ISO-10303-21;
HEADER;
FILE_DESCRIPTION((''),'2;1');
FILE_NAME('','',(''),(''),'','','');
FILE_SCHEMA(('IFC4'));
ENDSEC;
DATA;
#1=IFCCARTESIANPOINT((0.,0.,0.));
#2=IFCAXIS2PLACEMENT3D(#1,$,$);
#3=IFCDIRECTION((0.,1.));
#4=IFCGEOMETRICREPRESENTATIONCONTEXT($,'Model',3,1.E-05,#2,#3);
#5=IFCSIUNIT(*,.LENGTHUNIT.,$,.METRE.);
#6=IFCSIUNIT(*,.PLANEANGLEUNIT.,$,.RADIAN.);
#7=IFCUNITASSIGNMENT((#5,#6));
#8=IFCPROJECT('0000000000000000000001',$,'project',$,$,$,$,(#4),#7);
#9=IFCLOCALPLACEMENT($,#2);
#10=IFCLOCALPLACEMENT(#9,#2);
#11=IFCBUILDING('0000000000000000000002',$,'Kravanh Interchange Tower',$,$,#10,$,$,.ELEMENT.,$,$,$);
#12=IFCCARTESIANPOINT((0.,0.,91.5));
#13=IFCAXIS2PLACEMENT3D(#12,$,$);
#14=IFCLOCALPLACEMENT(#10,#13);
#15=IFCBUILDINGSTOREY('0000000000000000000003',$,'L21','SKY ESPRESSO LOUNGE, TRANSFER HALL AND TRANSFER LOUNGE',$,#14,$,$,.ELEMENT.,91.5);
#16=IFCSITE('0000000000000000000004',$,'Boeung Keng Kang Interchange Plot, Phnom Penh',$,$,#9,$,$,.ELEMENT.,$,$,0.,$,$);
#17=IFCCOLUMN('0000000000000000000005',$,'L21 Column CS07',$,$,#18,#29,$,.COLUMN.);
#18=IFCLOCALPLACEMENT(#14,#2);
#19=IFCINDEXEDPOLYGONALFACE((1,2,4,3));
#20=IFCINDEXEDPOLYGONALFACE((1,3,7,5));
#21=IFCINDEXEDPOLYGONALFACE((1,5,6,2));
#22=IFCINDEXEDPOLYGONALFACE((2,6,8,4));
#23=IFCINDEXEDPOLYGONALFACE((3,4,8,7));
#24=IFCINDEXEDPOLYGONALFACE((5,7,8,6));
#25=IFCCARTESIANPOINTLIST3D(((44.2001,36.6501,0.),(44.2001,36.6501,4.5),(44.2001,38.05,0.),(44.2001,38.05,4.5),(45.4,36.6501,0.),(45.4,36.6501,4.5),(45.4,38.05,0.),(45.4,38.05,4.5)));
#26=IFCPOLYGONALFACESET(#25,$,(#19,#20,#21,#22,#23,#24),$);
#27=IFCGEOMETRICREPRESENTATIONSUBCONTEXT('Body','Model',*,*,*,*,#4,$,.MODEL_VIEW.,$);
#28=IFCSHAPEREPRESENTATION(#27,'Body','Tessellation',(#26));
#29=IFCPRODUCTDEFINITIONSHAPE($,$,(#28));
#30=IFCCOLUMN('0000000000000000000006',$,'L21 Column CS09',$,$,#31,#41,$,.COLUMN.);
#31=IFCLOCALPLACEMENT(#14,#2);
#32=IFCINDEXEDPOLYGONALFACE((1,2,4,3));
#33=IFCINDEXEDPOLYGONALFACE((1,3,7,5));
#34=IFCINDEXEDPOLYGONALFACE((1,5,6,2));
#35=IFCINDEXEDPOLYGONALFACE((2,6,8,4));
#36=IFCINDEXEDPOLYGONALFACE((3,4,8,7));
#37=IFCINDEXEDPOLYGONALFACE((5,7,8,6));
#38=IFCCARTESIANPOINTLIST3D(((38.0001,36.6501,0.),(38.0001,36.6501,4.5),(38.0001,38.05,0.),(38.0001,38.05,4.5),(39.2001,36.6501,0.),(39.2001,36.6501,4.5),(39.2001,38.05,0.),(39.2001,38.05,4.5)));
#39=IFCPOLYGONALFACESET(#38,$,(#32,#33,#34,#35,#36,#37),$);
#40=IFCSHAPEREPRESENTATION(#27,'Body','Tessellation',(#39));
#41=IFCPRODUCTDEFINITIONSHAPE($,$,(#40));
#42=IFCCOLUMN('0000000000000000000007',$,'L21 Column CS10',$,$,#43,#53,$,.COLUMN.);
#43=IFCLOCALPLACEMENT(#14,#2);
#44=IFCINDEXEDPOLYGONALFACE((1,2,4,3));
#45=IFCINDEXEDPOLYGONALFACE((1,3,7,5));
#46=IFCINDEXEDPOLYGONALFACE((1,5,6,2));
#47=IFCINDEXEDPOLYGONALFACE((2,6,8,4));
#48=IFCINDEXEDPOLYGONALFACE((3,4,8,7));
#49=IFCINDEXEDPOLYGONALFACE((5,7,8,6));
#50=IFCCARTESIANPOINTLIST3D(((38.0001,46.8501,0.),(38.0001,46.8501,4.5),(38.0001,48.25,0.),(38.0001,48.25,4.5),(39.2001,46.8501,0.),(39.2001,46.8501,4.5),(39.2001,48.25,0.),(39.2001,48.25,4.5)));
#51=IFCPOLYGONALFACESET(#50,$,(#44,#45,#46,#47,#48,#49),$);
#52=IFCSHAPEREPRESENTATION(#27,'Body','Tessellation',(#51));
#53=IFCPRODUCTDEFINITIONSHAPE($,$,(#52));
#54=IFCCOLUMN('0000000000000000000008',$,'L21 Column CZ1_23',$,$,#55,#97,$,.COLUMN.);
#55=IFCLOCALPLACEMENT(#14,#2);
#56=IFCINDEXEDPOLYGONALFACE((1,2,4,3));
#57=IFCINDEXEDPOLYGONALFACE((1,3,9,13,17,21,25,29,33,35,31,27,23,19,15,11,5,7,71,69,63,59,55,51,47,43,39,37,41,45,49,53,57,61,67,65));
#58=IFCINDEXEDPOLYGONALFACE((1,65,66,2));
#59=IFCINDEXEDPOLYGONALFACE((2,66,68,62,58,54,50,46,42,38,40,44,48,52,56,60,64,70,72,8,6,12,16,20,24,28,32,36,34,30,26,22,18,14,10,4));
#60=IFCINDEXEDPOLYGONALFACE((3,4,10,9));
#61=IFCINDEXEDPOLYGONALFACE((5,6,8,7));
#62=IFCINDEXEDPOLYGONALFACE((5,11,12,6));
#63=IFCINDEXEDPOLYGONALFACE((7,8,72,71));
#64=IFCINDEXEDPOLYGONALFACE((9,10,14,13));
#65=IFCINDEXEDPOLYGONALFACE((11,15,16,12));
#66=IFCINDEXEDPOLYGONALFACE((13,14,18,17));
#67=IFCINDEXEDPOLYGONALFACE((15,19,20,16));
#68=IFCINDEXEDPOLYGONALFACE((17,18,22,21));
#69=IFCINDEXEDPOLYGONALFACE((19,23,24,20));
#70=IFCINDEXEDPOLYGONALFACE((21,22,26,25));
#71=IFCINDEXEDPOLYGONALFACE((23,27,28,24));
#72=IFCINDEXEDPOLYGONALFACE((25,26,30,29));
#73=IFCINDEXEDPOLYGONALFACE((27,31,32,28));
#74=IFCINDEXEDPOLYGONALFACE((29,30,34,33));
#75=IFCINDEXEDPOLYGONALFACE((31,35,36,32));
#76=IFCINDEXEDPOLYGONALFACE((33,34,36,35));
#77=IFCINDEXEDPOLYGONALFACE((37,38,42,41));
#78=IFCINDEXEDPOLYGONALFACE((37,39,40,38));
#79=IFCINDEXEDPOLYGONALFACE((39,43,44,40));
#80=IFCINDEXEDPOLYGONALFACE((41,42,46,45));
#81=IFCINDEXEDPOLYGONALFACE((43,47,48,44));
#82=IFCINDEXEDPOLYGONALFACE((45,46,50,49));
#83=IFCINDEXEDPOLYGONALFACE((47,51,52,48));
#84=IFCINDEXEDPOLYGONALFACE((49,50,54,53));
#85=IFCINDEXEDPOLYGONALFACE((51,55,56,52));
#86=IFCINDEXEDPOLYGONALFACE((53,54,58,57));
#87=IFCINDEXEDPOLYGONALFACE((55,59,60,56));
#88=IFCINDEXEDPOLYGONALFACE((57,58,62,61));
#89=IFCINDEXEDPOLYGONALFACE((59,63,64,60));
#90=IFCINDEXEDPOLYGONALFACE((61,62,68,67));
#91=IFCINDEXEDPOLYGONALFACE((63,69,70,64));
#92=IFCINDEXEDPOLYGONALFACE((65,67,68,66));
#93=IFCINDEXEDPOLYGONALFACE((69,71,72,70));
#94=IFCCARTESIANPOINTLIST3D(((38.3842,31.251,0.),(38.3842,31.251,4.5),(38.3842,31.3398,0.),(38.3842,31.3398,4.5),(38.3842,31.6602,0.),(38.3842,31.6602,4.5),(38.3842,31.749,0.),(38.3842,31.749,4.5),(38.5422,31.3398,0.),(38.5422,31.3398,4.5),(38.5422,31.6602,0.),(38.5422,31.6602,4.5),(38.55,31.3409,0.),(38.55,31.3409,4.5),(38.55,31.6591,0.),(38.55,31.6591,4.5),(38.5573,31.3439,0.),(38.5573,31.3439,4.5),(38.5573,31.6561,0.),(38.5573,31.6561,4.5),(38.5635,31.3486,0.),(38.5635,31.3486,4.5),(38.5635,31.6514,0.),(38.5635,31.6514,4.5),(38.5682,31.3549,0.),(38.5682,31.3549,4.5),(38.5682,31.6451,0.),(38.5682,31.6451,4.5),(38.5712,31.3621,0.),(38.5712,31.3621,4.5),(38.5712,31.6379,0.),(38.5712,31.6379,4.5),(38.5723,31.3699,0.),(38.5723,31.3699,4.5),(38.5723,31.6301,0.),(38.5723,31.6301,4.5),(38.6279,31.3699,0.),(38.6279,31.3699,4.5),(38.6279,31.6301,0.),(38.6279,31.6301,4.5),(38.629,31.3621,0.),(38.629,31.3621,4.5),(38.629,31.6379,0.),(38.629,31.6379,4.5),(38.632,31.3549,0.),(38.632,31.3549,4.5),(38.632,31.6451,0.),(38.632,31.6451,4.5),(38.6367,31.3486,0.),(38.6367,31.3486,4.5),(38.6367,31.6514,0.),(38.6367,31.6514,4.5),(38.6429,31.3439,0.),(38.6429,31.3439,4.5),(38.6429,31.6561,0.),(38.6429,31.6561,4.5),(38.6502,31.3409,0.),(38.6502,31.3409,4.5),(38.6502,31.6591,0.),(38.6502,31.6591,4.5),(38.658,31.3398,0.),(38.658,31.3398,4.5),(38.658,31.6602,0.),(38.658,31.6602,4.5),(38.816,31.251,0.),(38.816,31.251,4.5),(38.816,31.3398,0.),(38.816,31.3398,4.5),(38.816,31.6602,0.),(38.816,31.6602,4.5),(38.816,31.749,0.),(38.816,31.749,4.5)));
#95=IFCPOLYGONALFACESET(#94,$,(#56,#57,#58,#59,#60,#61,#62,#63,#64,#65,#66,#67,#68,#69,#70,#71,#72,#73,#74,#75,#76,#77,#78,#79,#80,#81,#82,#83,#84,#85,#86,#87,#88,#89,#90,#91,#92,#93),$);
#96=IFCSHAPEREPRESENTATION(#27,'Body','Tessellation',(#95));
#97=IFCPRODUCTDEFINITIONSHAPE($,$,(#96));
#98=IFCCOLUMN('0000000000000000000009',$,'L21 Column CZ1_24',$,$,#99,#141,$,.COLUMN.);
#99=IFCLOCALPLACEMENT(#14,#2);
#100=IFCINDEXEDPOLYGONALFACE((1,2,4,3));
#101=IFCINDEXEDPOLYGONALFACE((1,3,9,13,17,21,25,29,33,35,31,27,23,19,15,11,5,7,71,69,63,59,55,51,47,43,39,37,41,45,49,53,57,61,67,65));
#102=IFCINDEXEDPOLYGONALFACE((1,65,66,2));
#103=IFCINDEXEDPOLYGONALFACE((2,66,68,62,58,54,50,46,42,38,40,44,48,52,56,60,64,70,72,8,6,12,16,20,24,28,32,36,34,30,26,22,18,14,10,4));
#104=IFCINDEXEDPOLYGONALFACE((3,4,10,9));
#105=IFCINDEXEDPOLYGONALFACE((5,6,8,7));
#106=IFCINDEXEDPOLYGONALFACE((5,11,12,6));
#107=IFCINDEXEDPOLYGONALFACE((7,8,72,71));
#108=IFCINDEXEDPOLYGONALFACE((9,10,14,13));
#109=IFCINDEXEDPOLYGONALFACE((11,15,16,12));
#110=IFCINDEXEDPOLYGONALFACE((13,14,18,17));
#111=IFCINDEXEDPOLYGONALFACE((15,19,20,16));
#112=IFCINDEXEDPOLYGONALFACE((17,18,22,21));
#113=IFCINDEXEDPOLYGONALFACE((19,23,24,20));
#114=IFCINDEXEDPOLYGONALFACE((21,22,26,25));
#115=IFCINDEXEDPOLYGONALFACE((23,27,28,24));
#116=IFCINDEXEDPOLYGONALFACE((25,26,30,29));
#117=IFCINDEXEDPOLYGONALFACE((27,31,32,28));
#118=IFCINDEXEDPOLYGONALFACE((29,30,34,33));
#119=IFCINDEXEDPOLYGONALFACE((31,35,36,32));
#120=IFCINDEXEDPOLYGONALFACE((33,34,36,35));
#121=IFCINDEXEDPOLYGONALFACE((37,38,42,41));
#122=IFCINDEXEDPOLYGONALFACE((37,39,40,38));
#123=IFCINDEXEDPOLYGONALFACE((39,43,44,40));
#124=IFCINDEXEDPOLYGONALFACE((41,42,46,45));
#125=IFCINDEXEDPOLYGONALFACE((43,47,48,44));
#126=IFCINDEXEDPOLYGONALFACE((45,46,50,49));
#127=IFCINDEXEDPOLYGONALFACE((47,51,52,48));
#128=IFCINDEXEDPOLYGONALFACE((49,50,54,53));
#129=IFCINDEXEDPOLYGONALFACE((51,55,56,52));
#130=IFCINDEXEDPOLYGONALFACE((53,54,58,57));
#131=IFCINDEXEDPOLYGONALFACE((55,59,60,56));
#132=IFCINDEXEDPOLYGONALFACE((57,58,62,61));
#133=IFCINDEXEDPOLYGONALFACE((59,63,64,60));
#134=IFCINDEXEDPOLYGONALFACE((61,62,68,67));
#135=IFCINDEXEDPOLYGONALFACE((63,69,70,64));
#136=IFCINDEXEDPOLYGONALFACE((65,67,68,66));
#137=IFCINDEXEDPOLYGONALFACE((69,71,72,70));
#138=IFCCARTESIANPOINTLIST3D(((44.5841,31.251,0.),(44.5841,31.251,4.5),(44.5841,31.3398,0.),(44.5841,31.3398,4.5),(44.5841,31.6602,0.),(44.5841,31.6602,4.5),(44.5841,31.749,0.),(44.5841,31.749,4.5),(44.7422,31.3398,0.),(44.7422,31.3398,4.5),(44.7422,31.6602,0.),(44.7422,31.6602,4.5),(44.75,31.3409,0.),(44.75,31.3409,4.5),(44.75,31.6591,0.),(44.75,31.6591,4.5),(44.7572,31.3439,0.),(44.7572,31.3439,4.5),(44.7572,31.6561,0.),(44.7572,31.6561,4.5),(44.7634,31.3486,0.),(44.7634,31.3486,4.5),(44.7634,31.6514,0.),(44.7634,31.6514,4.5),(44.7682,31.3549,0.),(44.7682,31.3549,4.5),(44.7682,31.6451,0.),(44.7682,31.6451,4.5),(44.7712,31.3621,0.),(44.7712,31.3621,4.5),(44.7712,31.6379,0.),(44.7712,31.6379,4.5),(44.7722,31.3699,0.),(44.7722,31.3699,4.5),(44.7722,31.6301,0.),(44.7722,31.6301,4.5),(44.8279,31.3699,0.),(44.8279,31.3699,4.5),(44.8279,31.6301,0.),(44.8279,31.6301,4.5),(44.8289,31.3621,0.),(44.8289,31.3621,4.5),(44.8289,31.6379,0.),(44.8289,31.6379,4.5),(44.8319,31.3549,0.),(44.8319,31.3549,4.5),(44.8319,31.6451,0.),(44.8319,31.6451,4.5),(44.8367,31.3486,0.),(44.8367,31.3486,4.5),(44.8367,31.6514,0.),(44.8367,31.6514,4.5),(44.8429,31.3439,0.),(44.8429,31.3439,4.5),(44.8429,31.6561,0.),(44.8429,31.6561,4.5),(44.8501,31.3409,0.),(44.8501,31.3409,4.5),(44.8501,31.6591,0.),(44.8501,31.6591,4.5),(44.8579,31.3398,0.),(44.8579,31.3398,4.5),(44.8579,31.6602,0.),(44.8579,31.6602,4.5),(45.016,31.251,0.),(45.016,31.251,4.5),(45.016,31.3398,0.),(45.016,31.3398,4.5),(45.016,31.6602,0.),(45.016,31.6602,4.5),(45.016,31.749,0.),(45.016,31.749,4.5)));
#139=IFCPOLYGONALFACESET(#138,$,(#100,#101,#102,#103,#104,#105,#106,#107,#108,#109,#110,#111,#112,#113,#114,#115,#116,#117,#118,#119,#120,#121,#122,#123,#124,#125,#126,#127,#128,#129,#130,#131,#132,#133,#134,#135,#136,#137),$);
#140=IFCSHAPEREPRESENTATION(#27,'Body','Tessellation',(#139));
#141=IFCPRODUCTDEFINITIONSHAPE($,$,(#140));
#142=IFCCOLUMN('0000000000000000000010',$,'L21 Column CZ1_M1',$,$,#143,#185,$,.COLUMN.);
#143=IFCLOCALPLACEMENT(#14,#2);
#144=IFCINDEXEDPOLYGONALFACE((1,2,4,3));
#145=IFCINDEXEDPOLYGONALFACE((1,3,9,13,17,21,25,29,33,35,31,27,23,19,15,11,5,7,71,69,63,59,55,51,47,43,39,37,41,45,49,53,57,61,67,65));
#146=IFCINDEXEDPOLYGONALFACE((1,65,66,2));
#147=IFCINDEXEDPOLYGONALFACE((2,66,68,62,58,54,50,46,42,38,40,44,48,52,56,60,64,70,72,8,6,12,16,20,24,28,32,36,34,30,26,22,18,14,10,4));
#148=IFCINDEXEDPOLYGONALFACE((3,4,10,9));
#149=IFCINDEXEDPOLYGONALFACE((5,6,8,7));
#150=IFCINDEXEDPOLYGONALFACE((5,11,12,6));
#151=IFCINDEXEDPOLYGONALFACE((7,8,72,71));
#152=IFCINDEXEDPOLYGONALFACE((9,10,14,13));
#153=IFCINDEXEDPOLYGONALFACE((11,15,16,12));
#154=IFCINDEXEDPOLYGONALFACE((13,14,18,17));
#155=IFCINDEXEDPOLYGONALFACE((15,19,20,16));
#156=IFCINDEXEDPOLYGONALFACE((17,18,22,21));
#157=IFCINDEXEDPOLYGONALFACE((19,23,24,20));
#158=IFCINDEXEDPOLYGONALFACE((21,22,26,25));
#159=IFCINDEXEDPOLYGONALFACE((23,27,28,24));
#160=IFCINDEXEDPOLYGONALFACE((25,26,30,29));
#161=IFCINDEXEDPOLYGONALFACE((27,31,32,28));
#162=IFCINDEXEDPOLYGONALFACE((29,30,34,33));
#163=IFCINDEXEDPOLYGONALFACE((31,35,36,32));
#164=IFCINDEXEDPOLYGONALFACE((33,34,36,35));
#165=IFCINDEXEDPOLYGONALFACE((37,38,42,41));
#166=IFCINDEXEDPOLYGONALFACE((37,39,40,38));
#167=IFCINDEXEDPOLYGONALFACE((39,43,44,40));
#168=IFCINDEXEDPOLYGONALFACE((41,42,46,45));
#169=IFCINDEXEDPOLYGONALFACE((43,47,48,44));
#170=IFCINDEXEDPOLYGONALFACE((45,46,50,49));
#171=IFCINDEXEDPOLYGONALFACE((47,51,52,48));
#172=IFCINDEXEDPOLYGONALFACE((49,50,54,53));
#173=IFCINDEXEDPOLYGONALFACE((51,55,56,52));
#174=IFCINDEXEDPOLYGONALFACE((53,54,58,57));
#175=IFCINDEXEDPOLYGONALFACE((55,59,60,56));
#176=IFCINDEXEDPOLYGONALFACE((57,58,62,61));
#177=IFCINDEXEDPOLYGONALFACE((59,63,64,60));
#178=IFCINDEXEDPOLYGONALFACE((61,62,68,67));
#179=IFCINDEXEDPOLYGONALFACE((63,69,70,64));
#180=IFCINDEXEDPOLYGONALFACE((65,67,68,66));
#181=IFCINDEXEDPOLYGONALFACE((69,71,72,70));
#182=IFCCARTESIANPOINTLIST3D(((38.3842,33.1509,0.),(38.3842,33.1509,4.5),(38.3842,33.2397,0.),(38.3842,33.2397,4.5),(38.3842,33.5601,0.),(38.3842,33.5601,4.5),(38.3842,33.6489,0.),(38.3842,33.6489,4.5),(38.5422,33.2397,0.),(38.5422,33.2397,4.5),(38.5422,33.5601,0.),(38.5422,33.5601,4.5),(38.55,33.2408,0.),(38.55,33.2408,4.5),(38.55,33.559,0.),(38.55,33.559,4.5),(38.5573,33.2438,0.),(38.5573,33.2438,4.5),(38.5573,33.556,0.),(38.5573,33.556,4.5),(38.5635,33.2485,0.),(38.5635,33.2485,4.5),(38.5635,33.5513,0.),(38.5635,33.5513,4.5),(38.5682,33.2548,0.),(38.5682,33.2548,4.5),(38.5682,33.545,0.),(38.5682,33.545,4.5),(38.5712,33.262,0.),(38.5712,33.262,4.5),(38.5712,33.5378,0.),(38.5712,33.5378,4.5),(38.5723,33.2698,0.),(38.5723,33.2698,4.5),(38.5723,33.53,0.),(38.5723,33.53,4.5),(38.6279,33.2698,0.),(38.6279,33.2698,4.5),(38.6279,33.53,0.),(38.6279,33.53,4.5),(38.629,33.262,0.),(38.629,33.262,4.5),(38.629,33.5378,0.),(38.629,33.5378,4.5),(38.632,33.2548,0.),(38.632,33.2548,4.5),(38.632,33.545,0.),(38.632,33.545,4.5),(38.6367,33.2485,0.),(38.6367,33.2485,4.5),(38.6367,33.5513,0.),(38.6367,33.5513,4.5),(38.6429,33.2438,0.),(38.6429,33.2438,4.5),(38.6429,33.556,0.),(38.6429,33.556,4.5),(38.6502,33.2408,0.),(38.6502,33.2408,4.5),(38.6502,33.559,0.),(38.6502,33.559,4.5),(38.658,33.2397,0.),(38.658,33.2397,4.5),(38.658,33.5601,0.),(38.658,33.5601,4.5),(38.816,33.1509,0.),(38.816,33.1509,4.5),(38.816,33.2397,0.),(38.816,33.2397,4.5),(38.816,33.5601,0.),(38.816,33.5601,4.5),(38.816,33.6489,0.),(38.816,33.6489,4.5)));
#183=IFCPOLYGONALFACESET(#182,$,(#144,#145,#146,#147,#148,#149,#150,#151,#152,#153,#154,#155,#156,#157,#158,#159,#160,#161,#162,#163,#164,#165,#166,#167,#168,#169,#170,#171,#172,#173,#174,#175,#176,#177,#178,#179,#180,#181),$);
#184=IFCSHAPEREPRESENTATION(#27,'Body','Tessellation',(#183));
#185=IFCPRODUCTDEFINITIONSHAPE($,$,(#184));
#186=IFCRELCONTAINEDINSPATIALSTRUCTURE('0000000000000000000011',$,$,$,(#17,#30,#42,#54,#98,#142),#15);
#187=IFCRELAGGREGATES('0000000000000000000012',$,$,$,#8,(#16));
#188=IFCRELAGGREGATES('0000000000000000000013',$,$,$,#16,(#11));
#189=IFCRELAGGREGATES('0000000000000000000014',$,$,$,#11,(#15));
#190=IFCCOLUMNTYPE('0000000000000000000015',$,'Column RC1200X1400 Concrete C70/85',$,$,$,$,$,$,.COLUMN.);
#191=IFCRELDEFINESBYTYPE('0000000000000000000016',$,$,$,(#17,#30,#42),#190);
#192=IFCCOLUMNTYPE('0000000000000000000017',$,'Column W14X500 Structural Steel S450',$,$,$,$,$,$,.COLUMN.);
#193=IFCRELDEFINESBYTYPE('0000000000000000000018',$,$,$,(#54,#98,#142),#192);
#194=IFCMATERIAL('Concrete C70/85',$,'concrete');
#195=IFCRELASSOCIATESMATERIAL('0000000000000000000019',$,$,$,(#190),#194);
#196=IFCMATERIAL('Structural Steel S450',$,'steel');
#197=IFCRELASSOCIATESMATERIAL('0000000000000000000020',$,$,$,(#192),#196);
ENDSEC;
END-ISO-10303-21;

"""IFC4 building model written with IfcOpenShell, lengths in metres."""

from ifc_helpers import new_model, si_unit, direction, frame, origin, origin_2d, place, context, subcontext, project, spatial, rectangle, i_section, extrude, material, material_profile, profile_set, type_object, element, save


model = new_model("IFC4")

# Units and contexts
model_context = context("Model", 3, precision=1e-05, world=origin(), true_north=direction((0.0, 1.0)))
body_context = subcontext(model_context, "Body", "Model", "MODEL_VIEW")
ifc_project = project(units=[si_unit("LENGTHUNIT", "METRE"), si_unit("PLANEANGLEUNIT", "RADIAN")], contexts=[model_context])

# Site, building, storey
site_placement = place(None, origin())
site = spatial("IfcSite", under=ifc_project, at=site_placement, Name="Boeung Keng Kang Interchange Plot, Phnom Penh", CompositionType="ELEMENT", RefElevation=0.0)
building_placement = place(site_placement, origin())
building = spatial("IfcBuilding", under=site, at=building_placement, Name="Kravanh Interchange Tower", CompositionType="ELEMENT")
storey_placement = place(building_placement, frame((0.0, 0.0, 91.5)))
storey = spatial("IfcBuildingStorey", under=building, at=storey_placement, Name="L21", Description="SKY ESPRESSO LOUNGE, TRANSFER HALL AND TRANSFER LOUNGE", CompositionType="ELEMENT", Elevation=91.5)

# Columns
ifc_material_1 = material(Name="Concrete C70/85", Category="concrete")
ifc_material_profile_1 = material_profile(ifc_material_1, rectangle(XDim=1.2, YDim=1.3999, at=origin_2d()), Name="RC1200X1400")
ifc_profile_set_1 = profile_set([ifc_material_profile_1], Name="Concrete C70/85")
column_type_1 = type_object("IfcColumnType", Name="Column RC1200X1400 Concrete C70/85", PredefinedType="COLUMN", material=ifc_profile_set_1)
for number, where, z_axis, x_axis, name in (
    (1, (44.8, 37.3501, 0.0), (0.0, 0.0, 1.0), (1.0, 0.0, 0.0), "L21 Column CS07"),
    (2, (38.6001, 37.3501, 0.0), (0.0, 0.0, 1.0), (1.0, 0.0, 0.0), "L21 Column CS09"),
    (3, (38.6001, 47.55, 0.0), (0.0, 0.0, 1.0), (1.0, 0.0, 0.0), "L21 Column CS10"),
):
    element("IfcColumn", number, at=place(storey_placement, frame(where, z_axis=z_axis, x_axis=x_axis)), inside=storey, type_object=column_type_1, Name=name, PredefinedType="COLUMN", context=body_context, shape_type="SweptSolid", body=[
        extrude(rectangle(XDim=1.2, YDim=1.3999, at=origin_2d()), origin(), (0.0, 0.0, 1.0), 4.5),
    ])
ifc_material_2 = material(Name="Structural Steel S450", Category="steel")
ifc_material_profile_2 = material_profile(ifc_material_2, i_section(OverallWidth=0.4319, OverallDepth=0.498, WebThickness=0.0557, FlangeThickness=0.0889, FilletRadius=0.03, at=origin_2d()), Name="W14X500")
ifc_profile_set_2 = profile_set([ifc_material_profile_2], Name="Structural Steel S450")
column_type_2 = type_object("IfcColumnType", Name="Column W14X500 Structural Steel S450", PredefinedType="COLUMN", material=ifc_profile_set_2)
for number, where, z_axis, x_axis, name in (
    (4, (38.6001, 31.5, 0.0), (0.0, 0.0, 1.0), (1.0, 0.0, 0.0), "L21 Column CZ1_23"),
    (5, (44.8, 31.5, 0.0), (0.0, 0.0, 1.0), (1.0, 0.0, 0.0), "L21 Column CZ1_24"),
    (6, (38.6001, 33.3999, 0.0), (0.0, 0.0, 1.0), (1.0, 0.0, 0.0), "L21 Column CZ1_M1"),
):
    element("IfcColumn", number, at=place(storey_placement, frame(where, z_axis=z_axis, x_axis=x_axis)), inside=storey, type_object=column_type_2, Name=name, PredefinedType="COLUMN", context=body_context, shape_type="SweptSolid", body=[
        extrude(i_section(OverallWidth=0.4319, OverallDepth=0.498, WebThickness=0.0557, FlangeThickness=0.0889, FilletRadius=0.03, at=origin_2d()), origin(), (0.0, 0.0, 1.0), 4.5),
    ])

save(model, "model.ifc")
